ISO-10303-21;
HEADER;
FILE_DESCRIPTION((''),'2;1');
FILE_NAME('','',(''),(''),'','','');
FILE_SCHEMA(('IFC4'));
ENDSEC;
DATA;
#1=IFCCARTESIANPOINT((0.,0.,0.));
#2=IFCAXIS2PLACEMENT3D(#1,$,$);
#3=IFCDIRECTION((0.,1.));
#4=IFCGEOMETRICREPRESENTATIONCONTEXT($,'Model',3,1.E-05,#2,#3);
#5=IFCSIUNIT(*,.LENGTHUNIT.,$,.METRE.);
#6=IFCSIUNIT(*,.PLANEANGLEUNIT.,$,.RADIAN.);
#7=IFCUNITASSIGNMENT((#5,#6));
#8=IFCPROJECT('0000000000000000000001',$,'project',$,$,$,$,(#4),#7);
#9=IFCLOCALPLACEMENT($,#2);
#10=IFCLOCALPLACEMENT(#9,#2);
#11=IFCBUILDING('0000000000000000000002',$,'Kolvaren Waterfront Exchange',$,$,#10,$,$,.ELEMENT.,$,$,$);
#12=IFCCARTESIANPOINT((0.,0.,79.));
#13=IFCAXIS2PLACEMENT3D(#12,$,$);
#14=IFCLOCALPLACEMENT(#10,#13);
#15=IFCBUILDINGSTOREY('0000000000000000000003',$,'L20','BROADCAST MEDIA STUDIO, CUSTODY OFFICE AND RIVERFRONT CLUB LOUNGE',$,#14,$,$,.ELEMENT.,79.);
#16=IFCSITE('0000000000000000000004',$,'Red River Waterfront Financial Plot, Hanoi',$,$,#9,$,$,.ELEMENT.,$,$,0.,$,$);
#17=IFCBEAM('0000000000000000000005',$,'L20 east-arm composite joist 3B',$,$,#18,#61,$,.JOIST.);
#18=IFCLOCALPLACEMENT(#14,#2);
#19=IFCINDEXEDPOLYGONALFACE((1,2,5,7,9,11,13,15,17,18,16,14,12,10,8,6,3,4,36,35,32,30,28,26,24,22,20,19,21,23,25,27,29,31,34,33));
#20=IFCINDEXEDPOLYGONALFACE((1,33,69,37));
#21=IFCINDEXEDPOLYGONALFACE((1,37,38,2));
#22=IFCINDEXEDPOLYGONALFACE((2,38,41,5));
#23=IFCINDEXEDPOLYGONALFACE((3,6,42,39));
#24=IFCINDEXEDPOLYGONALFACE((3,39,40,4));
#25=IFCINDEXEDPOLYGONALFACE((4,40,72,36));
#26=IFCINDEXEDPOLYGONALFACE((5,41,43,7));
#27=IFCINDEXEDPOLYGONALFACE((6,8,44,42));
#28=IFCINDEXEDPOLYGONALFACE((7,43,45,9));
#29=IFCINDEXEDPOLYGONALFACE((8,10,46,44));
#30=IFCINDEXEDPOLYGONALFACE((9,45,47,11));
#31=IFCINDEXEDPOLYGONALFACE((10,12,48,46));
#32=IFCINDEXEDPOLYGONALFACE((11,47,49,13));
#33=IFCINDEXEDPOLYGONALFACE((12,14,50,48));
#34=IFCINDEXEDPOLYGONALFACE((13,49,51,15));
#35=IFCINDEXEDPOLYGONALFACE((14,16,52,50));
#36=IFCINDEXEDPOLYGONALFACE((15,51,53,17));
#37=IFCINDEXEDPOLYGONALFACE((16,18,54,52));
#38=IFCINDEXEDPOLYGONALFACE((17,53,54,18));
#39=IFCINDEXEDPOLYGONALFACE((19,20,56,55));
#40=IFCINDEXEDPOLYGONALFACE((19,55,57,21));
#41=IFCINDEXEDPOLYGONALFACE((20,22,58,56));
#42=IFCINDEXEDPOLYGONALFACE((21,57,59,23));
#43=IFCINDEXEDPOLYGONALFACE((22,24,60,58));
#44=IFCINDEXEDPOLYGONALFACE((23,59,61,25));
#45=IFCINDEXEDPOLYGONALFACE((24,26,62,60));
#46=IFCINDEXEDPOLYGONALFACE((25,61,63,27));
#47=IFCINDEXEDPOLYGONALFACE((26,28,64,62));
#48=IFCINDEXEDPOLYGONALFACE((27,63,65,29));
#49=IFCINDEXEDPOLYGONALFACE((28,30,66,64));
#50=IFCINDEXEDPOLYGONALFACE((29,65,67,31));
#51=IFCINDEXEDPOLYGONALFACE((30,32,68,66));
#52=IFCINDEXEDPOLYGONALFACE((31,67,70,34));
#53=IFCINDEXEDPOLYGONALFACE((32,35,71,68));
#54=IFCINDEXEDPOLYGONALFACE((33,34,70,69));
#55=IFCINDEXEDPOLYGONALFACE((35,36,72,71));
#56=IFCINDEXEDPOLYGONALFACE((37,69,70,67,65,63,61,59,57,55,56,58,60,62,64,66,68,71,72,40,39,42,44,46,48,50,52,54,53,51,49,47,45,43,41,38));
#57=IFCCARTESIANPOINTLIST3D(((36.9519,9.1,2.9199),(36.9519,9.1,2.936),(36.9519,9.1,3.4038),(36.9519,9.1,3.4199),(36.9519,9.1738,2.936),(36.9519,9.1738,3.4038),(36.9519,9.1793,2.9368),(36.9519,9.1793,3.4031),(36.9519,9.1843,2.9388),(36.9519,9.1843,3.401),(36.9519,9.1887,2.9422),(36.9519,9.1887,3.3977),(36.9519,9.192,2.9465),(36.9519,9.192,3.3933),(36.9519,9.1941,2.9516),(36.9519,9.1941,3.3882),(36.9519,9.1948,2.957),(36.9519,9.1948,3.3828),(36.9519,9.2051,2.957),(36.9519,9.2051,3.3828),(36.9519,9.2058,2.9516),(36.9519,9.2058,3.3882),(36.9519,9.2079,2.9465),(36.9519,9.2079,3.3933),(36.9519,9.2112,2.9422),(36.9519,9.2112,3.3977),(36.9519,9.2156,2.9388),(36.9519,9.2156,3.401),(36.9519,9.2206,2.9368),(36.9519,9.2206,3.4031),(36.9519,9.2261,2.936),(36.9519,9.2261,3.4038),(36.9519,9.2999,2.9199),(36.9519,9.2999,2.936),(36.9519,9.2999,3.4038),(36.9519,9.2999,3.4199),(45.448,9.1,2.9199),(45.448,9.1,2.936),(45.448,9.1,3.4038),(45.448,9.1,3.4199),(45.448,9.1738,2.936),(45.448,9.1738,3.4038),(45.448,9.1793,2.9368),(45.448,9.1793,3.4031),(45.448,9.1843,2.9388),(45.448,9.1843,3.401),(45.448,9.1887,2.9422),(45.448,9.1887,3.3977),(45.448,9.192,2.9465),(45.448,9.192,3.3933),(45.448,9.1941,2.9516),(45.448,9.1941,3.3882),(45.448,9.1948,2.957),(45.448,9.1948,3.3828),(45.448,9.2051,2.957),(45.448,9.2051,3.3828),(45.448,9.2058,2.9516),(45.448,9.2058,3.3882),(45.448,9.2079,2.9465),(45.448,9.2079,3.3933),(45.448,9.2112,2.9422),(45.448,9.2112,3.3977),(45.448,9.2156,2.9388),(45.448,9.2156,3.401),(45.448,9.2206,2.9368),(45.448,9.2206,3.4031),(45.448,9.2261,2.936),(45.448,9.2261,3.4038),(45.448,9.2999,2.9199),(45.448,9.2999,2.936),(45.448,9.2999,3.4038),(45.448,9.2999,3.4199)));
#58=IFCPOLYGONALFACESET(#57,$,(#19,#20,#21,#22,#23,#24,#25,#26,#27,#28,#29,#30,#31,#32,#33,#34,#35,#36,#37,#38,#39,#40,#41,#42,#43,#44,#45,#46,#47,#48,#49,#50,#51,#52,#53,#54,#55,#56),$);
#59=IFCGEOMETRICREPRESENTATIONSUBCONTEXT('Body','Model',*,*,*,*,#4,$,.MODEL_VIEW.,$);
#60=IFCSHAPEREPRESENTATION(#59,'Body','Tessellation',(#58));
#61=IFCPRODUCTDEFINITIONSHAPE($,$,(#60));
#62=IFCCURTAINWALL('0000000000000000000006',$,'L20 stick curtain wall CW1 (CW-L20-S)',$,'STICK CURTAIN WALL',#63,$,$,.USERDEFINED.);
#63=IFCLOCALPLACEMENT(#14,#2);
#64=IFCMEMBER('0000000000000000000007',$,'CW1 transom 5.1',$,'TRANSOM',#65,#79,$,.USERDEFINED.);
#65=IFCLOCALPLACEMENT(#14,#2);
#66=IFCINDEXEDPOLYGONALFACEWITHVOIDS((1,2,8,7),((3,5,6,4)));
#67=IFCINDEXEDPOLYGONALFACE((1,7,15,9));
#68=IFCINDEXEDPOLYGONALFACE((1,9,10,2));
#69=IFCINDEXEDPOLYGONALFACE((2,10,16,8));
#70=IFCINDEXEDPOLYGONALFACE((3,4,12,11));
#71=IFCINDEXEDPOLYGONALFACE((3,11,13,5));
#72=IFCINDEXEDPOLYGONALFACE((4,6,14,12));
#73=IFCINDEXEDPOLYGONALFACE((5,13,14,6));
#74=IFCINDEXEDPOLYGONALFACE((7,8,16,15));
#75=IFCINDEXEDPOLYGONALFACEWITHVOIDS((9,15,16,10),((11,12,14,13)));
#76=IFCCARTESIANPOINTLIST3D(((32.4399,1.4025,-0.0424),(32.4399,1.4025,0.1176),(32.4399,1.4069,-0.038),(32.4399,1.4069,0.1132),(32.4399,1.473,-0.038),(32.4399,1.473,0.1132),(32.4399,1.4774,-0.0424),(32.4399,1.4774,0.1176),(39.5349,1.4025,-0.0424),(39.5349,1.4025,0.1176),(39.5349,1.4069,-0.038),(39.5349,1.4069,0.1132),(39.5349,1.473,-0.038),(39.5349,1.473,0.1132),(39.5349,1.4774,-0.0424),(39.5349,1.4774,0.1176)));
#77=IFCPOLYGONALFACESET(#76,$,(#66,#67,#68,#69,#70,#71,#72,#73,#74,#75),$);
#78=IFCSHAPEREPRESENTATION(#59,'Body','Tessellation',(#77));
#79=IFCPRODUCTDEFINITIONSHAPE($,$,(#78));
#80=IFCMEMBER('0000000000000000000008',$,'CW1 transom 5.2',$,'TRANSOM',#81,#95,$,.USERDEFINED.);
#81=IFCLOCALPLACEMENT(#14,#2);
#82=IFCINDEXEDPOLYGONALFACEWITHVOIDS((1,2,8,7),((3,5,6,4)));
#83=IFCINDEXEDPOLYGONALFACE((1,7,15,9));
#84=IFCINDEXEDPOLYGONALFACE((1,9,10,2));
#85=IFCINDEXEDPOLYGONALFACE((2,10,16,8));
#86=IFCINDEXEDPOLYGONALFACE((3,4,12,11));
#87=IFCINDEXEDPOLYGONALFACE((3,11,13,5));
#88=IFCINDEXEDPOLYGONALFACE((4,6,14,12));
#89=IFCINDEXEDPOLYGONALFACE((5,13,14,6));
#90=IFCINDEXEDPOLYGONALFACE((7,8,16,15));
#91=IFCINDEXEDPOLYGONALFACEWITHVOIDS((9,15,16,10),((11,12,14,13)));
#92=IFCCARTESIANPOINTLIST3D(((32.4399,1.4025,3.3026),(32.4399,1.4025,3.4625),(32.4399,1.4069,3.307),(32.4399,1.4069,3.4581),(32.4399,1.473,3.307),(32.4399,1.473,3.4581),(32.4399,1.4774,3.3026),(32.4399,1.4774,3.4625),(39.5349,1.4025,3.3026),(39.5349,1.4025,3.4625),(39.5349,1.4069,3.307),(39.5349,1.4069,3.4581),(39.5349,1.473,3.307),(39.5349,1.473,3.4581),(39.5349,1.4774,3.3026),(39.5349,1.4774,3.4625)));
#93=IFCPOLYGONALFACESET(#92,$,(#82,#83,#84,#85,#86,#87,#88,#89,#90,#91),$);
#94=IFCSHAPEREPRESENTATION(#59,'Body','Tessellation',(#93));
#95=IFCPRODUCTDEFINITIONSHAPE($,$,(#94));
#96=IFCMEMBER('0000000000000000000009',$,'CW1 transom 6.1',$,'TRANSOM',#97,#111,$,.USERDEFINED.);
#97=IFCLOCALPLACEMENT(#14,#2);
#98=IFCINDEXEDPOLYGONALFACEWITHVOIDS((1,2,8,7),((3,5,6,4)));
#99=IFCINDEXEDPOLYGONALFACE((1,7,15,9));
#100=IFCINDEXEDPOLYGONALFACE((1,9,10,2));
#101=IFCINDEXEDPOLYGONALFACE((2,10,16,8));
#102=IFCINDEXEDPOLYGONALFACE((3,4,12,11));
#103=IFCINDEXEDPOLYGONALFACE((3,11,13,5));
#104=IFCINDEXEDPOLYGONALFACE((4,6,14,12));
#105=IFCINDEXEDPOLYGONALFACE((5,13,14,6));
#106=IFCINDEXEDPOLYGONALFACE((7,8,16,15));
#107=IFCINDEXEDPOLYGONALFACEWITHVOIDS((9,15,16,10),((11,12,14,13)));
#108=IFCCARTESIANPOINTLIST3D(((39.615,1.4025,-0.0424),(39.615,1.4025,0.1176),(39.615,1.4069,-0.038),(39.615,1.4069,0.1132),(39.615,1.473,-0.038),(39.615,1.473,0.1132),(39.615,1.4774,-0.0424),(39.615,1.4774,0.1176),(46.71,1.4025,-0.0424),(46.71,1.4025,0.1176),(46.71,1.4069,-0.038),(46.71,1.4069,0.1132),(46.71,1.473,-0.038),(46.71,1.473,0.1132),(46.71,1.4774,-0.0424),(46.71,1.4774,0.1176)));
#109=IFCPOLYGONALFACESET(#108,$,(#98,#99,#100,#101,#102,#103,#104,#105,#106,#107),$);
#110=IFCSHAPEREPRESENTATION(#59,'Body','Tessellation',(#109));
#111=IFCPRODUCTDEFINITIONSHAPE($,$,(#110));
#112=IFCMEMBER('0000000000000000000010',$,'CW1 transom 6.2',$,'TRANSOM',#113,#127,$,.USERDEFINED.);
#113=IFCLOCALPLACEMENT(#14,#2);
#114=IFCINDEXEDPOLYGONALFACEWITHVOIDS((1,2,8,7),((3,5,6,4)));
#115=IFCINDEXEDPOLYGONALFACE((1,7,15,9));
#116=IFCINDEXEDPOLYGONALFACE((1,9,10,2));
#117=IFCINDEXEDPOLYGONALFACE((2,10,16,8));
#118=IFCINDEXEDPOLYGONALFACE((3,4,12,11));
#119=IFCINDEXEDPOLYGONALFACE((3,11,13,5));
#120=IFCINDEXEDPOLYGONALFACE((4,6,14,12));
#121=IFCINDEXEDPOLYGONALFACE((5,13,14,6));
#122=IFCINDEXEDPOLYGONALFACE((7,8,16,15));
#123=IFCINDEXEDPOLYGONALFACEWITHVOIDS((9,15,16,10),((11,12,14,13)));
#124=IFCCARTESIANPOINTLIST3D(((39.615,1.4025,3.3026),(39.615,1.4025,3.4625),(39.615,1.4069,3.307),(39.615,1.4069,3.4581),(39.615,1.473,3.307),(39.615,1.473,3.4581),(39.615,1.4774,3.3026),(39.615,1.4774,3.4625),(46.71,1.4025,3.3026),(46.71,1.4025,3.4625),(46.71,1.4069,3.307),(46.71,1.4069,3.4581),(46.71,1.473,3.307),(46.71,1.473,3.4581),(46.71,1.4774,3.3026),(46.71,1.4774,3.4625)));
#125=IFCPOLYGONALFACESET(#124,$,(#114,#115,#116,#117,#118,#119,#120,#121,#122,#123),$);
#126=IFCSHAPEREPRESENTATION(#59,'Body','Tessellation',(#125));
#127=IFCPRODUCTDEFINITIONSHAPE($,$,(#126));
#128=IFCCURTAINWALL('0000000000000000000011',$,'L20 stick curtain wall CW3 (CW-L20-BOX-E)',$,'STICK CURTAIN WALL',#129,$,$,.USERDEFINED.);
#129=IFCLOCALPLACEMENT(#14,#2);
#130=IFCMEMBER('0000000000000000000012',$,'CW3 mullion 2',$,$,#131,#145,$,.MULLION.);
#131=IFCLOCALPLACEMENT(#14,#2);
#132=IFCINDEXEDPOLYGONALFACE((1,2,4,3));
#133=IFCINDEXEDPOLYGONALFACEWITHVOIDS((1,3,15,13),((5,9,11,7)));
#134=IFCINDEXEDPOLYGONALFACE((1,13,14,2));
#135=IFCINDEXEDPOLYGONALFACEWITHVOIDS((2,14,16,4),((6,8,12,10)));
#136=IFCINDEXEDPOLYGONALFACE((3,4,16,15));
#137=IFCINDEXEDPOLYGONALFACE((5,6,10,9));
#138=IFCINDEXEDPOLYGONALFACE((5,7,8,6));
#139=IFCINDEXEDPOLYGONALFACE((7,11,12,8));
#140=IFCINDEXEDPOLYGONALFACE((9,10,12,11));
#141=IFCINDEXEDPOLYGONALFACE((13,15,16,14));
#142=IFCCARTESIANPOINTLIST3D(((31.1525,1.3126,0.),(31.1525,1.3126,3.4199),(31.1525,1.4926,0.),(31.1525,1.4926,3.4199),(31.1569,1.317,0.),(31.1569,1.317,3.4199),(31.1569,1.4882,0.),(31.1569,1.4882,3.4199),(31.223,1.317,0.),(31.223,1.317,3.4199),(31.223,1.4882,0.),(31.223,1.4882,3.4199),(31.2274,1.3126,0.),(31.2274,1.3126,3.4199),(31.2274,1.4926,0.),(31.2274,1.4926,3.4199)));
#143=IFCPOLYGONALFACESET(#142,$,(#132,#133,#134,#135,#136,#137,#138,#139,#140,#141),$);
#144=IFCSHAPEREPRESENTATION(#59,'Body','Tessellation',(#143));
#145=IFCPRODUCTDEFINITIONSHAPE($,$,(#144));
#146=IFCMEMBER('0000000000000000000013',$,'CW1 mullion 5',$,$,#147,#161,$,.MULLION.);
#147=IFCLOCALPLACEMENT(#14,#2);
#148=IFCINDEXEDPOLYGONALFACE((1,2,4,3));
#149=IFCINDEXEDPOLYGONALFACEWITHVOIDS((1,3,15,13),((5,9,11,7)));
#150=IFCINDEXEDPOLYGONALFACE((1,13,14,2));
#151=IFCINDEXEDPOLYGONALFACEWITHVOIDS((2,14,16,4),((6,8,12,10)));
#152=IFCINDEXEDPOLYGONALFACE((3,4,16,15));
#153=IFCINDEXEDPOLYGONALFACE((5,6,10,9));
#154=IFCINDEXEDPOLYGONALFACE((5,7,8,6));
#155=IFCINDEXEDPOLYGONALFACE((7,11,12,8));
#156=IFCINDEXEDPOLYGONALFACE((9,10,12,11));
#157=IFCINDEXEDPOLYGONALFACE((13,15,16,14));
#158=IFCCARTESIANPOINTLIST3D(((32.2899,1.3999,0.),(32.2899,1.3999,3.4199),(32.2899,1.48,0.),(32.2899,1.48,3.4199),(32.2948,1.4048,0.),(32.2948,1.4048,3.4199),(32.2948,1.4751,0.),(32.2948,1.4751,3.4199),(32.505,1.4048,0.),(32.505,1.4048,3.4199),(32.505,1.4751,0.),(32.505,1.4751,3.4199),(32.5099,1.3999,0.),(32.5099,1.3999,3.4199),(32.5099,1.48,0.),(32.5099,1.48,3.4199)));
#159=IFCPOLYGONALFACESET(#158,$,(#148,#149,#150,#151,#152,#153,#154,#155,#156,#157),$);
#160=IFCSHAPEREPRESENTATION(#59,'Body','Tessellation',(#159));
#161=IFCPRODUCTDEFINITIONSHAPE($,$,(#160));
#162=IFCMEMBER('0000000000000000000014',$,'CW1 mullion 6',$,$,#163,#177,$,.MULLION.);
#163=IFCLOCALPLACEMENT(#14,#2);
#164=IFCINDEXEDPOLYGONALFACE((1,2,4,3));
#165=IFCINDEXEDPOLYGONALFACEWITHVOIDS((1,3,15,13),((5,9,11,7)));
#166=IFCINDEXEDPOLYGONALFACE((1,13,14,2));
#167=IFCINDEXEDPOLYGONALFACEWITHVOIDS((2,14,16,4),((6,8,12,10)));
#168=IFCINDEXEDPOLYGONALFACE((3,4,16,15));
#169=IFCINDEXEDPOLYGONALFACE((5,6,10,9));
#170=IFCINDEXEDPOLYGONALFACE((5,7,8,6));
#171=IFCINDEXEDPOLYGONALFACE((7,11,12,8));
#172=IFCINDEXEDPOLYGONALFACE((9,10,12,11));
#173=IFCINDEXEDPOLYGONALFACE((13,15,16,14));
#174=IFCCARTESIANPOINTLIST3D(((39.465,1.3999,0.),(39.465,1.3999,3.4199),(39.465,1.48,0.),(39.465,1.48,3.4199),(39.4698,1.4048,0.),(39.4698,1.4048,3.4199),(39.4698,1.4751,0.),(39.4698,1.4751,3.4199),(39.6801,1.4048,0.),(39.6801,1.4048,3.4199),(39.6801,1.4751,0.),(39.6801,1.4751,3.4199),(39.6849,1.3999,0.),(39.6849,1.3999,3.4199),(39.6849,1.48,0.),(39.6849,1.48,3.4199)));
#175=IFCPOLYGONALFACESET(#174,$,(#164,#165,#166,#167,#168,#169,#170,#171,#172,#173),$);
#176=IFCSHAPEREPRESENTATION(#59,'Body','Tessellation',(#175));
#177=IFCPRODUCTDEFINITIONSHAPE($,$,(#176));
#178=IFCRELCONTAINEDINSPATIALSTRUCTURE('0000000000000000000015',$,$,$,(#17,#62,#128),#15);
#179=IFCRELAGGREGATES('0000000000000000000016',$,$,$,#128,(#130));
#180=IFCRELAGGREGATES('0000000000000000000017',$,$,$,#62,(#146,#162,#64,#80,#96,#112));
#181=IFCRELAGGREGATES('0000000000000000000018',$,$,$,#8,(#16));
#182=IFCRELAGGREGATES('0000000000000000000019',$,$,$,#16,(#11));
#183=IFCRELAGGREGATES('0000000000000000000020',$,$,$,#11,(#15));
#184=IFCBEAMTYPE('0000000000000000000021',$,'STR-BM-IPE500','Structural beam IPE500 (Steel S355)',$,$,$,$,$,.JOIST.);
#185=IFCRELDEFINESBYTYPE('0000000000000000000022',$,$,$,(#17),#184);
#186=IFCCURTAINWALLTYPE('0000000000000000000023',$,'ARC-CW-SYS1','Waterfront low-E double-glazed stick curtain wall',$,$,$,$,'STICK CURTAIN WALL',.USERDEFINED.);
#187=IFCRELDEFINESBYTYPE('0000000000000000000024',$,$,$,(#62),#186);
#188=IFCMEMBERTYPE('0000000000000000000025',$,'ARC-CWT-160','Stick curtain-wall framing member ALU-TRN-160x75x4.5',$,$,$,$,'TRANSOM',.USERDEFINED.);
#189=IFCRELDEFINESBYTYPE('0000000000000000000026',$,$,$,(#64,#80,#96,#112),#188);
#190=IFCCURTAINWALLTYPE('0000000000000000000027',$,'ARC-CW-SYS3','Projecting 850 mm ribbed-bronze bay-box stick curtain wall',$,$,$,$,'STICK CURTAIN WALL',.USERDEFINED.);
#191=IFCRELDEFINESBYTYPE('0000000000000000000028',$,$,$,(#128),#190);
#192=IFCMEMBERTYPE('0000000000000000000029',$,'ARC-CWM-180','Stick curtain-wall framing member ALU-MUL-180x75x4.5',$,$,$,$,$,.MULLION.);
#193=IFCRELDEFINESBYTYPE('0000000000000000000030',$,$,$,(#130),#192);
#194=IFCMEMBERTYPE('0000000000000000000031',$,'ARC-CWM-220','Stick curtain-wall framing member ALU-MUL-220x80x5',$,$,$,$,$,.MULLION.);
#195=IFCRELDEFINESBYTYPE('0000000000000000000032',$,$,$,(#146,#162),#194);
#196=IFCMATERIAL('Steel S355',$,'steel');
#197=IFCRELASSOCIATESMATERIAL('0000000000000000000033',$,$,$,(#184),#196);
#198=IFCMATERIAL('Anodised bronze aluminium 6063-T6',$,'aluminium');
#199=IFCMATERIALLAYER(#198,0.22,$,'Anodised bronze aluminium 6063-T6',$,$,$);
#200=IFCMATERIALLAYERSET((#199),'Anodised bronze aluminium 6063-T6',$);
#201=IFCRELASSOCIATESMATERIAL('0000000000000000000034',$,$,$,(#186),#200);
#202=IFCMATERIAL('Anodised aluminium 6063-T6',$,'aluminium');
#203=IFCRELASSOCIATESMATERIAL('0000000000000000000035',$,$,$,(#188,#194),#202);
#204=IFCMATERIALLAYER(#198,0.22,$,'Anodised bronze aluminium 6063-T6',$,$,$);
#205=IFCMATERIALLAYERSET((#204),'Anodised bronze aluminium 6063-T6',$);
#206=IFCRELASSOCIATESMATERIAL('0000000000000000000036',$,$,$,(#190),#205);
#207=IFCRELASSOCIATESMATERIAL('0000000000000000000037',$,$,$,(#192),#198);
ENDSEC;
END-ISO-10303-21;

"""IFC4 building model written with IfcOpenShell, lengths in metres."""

from ifc_helpers import new_model, si_unit, direction, frame, origin, origin_with_axes, origin_2d, place, context, subcontext, project, spatial, hollow_rectangle, i_section, extrude, source, transform, mapped, material, layer, layer_set, material_profile, profile_set, type_object, element, aggregate, save


model = new_model("IFC4")

# Units and contexts
model_context = context("Model", 3, precision=1e-05, world=origin(), true_north=direction((0.0, 1.0)))
body_context = subcontext(model_context, "Body", "Model", "MODEL_VIEW")
ifc_project = project(units=[si_unit("LENGTHUNIT", "METRE"), si_unit("PLANEANGLEUNIT", "RADIAN")], contexts=[model_context])

# Site, building, storey
site_placement = place(None, origin())
site = spatial("IfcSite", under=ifc_project, at=site_placement, Name="Red River Waterfront Financial Plot, Hanoi", CompositionType="ELEMENT", RefElevation=0.0)
building_placement = place(site_placement, origin())
building = spatial("IfcBuilding", under=site, at=building_placement, Name="Kolvaren Waterfront Exchange", CompositionType="ELEMENT")
storey_placement = place(building_placement, frame((0.0, 0.0, 79.0)))
storey = spatial("IfcBuildingStorey", under=building, at=storey_placement, Name="L20", Description="BROADCAST MEDIA STUDIO, CUSTODY OFFICE AND RIVERFRONT CLUB LOUNGE", CompositionType="ELEMENT", Elevation=79.0)

# Beam
ifc_material_1 = material(Name="Steel S355", Category="steel")
ifc_material_profile_1 = material_profile(ifc_material_1, i_section(OverallWidth=0.2, OverallDepth=0.5, WebThickness=0.0103, FlangeThickness=0.0161, FilletRadius=0.021, at=origin_2d()), Name="IPE500")
ifc_profile_set_1 = profile_set([ifc_material_profile_1], Name="Steel S355")
beam_type_1 = type_object("IfcBeamType", Name="STR-BM-IPE500", Description="Structural beam IPE500 (Steel S355)", PredefinedType="JOIST", material=ifc_profile_set_1)
beam_1_placement = place(storey_placement, frame((36.9519, 9.2, 3.1699), z_axis=(1.0, 0.0, 0.0), x_axis=(0.0, 1.0, 0.0)))
element("IfcBeam", 1, at=beam_1_placement, inside=storey, type_object=beam_type_1, Name="L20 east-arm composite joist 3B", PredefinedType="JOIST", context=body_context, shape_type="SweptSolid", body=[
    extrude(i_section(OverallWidth=0.2, OverallDepth=0.5, WebThickness=0.0103, FlangeThickness=0.0161, FilletRadius=0.021, at=origin_2d()), origin(), (0.0, 0.0, 1.0), 8.4961),
])

# Curtain wall, members
ifc_material_2 = material(Name="Anodised bronze aluminium 6063-T6", Category="aluminium")
ifc_layer_1 = layer(ifc_material_2, 0.22, Name="Anodised bronze aluminium 6063-T6")
ifc_layer_set_1 = layer_set([ifc_layer_1], Name="Anodised bronze aluminium 6063-T6")
curtain_wall_type_1 = type_object("IfcCurtainWallType", Name="ARC-CW-SYS1", Description="Waterfront low-E double-glazed stick curtain wall", ElementType="STICK CURTAIN WALL", PredefinedType="USERDEFINED", material=ifc_layer_set_1)
curtain_wall_1_placement = place(storey_placement, origin())
curtain_wall_1 = element("IfcCurtainWall", 2, at=curtain_wall_1_placement, inside=storey, type_object=curtain_wall_type_1, Name="L20 stick curtain wall CW1 (CW-L20-S)", ObjectType="STICK CURTAIN WALL", PredefinedType="USERDEFINED")
ifc_material_3 = material(Name="Anodised aluminium 6063-T6", Category="aluminium")
ifc_material_profile_2 = material_profile(ifc_material_3, hollow_rectangle(XDim=0.075, YDim=0.1599, WallThickness=0.0044, at=origin_2d()), Name="ALU-TRN-160x75x4.5")
ifc_profile_set_2 = profile_set([ifc_material_profile_2], Name="Anodised aluminium 6063-T6")
member_type_1 = type_object("IfcMemberType", Name="ARC-CWT-160", Description="Stick curtain-wall framing member ALU-TRN-160x75x4.5", ElementType="TRANSOM", PredefinedType="USERDEFINED", material=ifc_profile_set_2)
shared_shape_1 = source(origin_with_axes(), body_context, "Body", "SweptSolid", [
    extrude(hollow_rectangle(XDim=0.075, YDim=0.1599, WallThickness=0.0044, at=origin_2d()), origin(), (0.0, 0.0, 1.0), 7.095),
])
member_1_placement = place(storey_placement, frame((32.4399, 1.4399, 0.0376), z_axis=(1.0, 0.0, 0.0), x_axis=(0.0, 1.0, 0.0)))
member_1 = element("IfcMember", 3, at=member_1_placement, type_object=member_type_1, Name="CW1 transom 5.1", ObjectType="TRANSOM", PredefinedType="USERDEFINED", context=body_context, shape_type="MappedRepresentation", body=[
    mapped(shared_shape_1, transform((0.0, 0.0, 0.0), x_axis=(1.0, 0.0, 0.0), y_axis=(0.0, 1.0, 0.0), z_axis=(0.0, 0.0, 1.0), scale=1.0)),
])
member_2_placement = place(storey_placement, frame((32.4399, 1.4399, 3.3826), z_axis=(1.0, 0.0, 0.0), x_axis=(0.0, 1.0, 0.0)))
member_2 = element("IfcMember", 4, at=member_2_placement, type_object=member_type_1, Name="CW1 transom 5.2", ObjectType="TRANSOM", PredefinedType="USERDEFINED", context=body_context, shape_type="MappedRepresentation", body=[
    mapped(shared_shape_1, transform((0.0, 0.0, 0.0), x_axis=(1.0, 0.0, 0.0), y_axis=(0.0, 1.0, 0.0), z_axis=(0.0, 0.0, 1.0), scale=1.0)),
])
member_3_placement = place(storey_placement, frame((39.615, 1.4399, 0.0376), z_axis=(1.0, 0.0, 0.0), x_axis=(0.0, 1.0, 0.0)))
member_3 = element("IfcMember", 5, at=member_3_placement, type_object=member_type_1, Name="CW1 transom 6.1", ObjectType="TRANSOM", PredefinedType="USERDEFINED", context=body_context, shape_type="MappedRepresentation", body=[
    mapped(shared_shape_1, transform((0.0, 0.0, 0.0), x_axis=(1.0, 0.0, 0.0), y_axis=(0.0, 1.0, 0.0), z_axis=(0.0, 0.0, 1.0), scale=1.0)),
])
member_4_placement = place(storey_placement, frame((39.615, 1.4399, 3.3826), z_axis=(1.0, 0.0, 0.0), x_axis=(0.0, 1.0, 0.0)))
member_4 = element("IfcMember", 6, at=member_4_placement, type_object=member_type_1, Name="CW1 transom 6.2", ObjectType="TRANSOM", PredefinedType="USERDEFINED", context=body_context, shape_type="MappedRepresentation", body=[
    mapped(shared_shape_1, transform((0.0, 0.0, 0.0), x_axis=(1.0, 0.0, 0.0), y_axis=(0.0, 1.0, 0.0), z_axis=(0.0, 0.0, 1.0), scale=1.0)),
])

# Curtain wall, member
ifc_layer_2 = layer(ifc_material_2, 0.22, Name="Anodised bronze aluminium 6063-T6")
ifc_layer_set_2 = layer_set([ifc_layer_2], Name="Anodised bronze aluminium 6063-T6")
curtain_wall_type_2 = type_object("IfcCurtainWallType", Name="ARC-CW-SYS3", Description="Projecting 850 mm ribbed-bronze bay-box stick curtain wall", ElementType="STICK CURTAIN WALL", PredefinedType="USERDEFINED", material=ifc_layer_set_2)
curtain_wall_2_placement = place(storey_placement, origin())
curtain_wall_2 = element("IfcCurtainWall", 7, at=curtain_wall_2_placement, inside=storey, type_object=curtain_wall_type_2, Name="L20 stick curtain wall CW3 (CW-L20-BOX-E)", ObjectType="STICK CURTAIN WALL", PredefinedType="USERDEFINED")
ifc_material_profile_3 = material_profile(ifc_material_2, hollow_rectangle(XDim=0.075, YDim=0.1799, WallThickness=0.0044, at=origin_2d()), Name="ALU-MUL-180x75x4.5")
ifc_profile_set_3 = profile_set([ifc_material_profile_3], Name="Anodised bronze aluminium 6063-T6")
member_type_2 = type_object("IfcMemberType", Name="ARC-CWM-180", Description="Stick curtain-wall framing member ALU-MUL-180x75x4.5", PredefinedType="MULLION", material=ifc_profile_set_3)
shared_shape_2 = source(origin_with_axes(), body_context, "Body", "SweptSolid", [
    extrude(hollow_rectangle(XDim=0.075, YDim=0.1799, WallThickness=0.0044, at=origin_2d()), origin(), (0.0, 0.0, 1.0), 3.4199),
])
member_5_placement = place(storey_placement, frame((31.1899, 1.4026, 0.0), z_axis=(0.0, 0.0, 1.0), x_axis=(-1.0, 0.0, 0.0)))
member_5 = element("IfcMember", 8, at=member_5_placement, type_object=member_type_2, Name="CW3 mullion 2", PredefinedType="MULLION", context=body_context, shape_type="MappedRepresentation", body=[
    mapped(shared_shape_2, transform((0.0, 0.0, 0.0), x_axis=(1.0, 0.0, 0.0), y_axis=(0.0, 1.0, 0.0), z_axis=(0.0, 0.0, 1.0), scale=1.0)),
])
aggregate(curtain_wall_2, [member_5])

# Members
ifc_material_profile_4 = material_profile(ifc_material_3, hollow_rectangle(XDim=0.0801, YDim=0.22, WallThickness=0.0049, at=origin_2d()), Name="ALU-MUL-220x80x5")
ifc_profile_set_4 = profile_set([ifc_material_profile_4], Name="Anodised aluminium 6063-T6")
member_type_3 = type_object("IfcMemberType", Name="ARC-CWM-220", Description="Stick curtain-wall framing member ALU-MUL-220x80x5", PredefinedType="MULLION", material=ifc_profile_set_4)
shared_shape_3 = source(origin_with_axes(), body_context, "Body", "SweptSolid", [
    extrude(hollow_rectangle(XDim=0.0801, YDim=0.22, WallThickness=0.0049, at=origin_2d()), origin(), (0.0, 0.0, 1.0), 3.4199),
])
member_6_placement = place(storey_placement, frame((32.3999, 1.4399, 0.0), z_axis=(0.0, 0.0, 1.0), x_axis=(0.0, 1.0, 0.0)))
member_6 = element("IfcMember", 9, at=member_6_placement, type_object=member_type_3, Name="CW1 mullion 5", PredefinedType="MULLION", context=body_context, shape_type="MappedRepresentation", body=[
    mapped(shared_shape_3, transform((0.0, 0.0, 0.0), x_axis=(1.0, 0.0, 0.0), y_axis=(0.0, 1.0, 0.0), z_axis=(0.0, 0.0, 1.0), scale=1.0)),
])
member_7_placement = place(storey_placement, frame((39.575, 1.4399, 0.0), z_axis=(0.0, 0.0, 1.0), x_axis=(0.0, 1.0, 0.0)))
member_7 = element("IfcMember", 10, at=member_7_placement, type_object=member_type_3, Name="CW1 mullion 6", PredefinedType="MULLION", context=body_context, shape_type="MappedRepresentation", body=[
    mapped(shared_shape_3, transform((0.0, 0.0, 0.0), x_axis=(1.0, 0.0, 0.0), y_axis=(0.0, 1.0, 0.0), z_axis=(0.0, 0.0, 1.0), scale=1.0)),
])

aggregate(curtain_wall_1, [member_6, member_7, member_1, member_2, member_3, member_4])

save(model, "model.ifc")
